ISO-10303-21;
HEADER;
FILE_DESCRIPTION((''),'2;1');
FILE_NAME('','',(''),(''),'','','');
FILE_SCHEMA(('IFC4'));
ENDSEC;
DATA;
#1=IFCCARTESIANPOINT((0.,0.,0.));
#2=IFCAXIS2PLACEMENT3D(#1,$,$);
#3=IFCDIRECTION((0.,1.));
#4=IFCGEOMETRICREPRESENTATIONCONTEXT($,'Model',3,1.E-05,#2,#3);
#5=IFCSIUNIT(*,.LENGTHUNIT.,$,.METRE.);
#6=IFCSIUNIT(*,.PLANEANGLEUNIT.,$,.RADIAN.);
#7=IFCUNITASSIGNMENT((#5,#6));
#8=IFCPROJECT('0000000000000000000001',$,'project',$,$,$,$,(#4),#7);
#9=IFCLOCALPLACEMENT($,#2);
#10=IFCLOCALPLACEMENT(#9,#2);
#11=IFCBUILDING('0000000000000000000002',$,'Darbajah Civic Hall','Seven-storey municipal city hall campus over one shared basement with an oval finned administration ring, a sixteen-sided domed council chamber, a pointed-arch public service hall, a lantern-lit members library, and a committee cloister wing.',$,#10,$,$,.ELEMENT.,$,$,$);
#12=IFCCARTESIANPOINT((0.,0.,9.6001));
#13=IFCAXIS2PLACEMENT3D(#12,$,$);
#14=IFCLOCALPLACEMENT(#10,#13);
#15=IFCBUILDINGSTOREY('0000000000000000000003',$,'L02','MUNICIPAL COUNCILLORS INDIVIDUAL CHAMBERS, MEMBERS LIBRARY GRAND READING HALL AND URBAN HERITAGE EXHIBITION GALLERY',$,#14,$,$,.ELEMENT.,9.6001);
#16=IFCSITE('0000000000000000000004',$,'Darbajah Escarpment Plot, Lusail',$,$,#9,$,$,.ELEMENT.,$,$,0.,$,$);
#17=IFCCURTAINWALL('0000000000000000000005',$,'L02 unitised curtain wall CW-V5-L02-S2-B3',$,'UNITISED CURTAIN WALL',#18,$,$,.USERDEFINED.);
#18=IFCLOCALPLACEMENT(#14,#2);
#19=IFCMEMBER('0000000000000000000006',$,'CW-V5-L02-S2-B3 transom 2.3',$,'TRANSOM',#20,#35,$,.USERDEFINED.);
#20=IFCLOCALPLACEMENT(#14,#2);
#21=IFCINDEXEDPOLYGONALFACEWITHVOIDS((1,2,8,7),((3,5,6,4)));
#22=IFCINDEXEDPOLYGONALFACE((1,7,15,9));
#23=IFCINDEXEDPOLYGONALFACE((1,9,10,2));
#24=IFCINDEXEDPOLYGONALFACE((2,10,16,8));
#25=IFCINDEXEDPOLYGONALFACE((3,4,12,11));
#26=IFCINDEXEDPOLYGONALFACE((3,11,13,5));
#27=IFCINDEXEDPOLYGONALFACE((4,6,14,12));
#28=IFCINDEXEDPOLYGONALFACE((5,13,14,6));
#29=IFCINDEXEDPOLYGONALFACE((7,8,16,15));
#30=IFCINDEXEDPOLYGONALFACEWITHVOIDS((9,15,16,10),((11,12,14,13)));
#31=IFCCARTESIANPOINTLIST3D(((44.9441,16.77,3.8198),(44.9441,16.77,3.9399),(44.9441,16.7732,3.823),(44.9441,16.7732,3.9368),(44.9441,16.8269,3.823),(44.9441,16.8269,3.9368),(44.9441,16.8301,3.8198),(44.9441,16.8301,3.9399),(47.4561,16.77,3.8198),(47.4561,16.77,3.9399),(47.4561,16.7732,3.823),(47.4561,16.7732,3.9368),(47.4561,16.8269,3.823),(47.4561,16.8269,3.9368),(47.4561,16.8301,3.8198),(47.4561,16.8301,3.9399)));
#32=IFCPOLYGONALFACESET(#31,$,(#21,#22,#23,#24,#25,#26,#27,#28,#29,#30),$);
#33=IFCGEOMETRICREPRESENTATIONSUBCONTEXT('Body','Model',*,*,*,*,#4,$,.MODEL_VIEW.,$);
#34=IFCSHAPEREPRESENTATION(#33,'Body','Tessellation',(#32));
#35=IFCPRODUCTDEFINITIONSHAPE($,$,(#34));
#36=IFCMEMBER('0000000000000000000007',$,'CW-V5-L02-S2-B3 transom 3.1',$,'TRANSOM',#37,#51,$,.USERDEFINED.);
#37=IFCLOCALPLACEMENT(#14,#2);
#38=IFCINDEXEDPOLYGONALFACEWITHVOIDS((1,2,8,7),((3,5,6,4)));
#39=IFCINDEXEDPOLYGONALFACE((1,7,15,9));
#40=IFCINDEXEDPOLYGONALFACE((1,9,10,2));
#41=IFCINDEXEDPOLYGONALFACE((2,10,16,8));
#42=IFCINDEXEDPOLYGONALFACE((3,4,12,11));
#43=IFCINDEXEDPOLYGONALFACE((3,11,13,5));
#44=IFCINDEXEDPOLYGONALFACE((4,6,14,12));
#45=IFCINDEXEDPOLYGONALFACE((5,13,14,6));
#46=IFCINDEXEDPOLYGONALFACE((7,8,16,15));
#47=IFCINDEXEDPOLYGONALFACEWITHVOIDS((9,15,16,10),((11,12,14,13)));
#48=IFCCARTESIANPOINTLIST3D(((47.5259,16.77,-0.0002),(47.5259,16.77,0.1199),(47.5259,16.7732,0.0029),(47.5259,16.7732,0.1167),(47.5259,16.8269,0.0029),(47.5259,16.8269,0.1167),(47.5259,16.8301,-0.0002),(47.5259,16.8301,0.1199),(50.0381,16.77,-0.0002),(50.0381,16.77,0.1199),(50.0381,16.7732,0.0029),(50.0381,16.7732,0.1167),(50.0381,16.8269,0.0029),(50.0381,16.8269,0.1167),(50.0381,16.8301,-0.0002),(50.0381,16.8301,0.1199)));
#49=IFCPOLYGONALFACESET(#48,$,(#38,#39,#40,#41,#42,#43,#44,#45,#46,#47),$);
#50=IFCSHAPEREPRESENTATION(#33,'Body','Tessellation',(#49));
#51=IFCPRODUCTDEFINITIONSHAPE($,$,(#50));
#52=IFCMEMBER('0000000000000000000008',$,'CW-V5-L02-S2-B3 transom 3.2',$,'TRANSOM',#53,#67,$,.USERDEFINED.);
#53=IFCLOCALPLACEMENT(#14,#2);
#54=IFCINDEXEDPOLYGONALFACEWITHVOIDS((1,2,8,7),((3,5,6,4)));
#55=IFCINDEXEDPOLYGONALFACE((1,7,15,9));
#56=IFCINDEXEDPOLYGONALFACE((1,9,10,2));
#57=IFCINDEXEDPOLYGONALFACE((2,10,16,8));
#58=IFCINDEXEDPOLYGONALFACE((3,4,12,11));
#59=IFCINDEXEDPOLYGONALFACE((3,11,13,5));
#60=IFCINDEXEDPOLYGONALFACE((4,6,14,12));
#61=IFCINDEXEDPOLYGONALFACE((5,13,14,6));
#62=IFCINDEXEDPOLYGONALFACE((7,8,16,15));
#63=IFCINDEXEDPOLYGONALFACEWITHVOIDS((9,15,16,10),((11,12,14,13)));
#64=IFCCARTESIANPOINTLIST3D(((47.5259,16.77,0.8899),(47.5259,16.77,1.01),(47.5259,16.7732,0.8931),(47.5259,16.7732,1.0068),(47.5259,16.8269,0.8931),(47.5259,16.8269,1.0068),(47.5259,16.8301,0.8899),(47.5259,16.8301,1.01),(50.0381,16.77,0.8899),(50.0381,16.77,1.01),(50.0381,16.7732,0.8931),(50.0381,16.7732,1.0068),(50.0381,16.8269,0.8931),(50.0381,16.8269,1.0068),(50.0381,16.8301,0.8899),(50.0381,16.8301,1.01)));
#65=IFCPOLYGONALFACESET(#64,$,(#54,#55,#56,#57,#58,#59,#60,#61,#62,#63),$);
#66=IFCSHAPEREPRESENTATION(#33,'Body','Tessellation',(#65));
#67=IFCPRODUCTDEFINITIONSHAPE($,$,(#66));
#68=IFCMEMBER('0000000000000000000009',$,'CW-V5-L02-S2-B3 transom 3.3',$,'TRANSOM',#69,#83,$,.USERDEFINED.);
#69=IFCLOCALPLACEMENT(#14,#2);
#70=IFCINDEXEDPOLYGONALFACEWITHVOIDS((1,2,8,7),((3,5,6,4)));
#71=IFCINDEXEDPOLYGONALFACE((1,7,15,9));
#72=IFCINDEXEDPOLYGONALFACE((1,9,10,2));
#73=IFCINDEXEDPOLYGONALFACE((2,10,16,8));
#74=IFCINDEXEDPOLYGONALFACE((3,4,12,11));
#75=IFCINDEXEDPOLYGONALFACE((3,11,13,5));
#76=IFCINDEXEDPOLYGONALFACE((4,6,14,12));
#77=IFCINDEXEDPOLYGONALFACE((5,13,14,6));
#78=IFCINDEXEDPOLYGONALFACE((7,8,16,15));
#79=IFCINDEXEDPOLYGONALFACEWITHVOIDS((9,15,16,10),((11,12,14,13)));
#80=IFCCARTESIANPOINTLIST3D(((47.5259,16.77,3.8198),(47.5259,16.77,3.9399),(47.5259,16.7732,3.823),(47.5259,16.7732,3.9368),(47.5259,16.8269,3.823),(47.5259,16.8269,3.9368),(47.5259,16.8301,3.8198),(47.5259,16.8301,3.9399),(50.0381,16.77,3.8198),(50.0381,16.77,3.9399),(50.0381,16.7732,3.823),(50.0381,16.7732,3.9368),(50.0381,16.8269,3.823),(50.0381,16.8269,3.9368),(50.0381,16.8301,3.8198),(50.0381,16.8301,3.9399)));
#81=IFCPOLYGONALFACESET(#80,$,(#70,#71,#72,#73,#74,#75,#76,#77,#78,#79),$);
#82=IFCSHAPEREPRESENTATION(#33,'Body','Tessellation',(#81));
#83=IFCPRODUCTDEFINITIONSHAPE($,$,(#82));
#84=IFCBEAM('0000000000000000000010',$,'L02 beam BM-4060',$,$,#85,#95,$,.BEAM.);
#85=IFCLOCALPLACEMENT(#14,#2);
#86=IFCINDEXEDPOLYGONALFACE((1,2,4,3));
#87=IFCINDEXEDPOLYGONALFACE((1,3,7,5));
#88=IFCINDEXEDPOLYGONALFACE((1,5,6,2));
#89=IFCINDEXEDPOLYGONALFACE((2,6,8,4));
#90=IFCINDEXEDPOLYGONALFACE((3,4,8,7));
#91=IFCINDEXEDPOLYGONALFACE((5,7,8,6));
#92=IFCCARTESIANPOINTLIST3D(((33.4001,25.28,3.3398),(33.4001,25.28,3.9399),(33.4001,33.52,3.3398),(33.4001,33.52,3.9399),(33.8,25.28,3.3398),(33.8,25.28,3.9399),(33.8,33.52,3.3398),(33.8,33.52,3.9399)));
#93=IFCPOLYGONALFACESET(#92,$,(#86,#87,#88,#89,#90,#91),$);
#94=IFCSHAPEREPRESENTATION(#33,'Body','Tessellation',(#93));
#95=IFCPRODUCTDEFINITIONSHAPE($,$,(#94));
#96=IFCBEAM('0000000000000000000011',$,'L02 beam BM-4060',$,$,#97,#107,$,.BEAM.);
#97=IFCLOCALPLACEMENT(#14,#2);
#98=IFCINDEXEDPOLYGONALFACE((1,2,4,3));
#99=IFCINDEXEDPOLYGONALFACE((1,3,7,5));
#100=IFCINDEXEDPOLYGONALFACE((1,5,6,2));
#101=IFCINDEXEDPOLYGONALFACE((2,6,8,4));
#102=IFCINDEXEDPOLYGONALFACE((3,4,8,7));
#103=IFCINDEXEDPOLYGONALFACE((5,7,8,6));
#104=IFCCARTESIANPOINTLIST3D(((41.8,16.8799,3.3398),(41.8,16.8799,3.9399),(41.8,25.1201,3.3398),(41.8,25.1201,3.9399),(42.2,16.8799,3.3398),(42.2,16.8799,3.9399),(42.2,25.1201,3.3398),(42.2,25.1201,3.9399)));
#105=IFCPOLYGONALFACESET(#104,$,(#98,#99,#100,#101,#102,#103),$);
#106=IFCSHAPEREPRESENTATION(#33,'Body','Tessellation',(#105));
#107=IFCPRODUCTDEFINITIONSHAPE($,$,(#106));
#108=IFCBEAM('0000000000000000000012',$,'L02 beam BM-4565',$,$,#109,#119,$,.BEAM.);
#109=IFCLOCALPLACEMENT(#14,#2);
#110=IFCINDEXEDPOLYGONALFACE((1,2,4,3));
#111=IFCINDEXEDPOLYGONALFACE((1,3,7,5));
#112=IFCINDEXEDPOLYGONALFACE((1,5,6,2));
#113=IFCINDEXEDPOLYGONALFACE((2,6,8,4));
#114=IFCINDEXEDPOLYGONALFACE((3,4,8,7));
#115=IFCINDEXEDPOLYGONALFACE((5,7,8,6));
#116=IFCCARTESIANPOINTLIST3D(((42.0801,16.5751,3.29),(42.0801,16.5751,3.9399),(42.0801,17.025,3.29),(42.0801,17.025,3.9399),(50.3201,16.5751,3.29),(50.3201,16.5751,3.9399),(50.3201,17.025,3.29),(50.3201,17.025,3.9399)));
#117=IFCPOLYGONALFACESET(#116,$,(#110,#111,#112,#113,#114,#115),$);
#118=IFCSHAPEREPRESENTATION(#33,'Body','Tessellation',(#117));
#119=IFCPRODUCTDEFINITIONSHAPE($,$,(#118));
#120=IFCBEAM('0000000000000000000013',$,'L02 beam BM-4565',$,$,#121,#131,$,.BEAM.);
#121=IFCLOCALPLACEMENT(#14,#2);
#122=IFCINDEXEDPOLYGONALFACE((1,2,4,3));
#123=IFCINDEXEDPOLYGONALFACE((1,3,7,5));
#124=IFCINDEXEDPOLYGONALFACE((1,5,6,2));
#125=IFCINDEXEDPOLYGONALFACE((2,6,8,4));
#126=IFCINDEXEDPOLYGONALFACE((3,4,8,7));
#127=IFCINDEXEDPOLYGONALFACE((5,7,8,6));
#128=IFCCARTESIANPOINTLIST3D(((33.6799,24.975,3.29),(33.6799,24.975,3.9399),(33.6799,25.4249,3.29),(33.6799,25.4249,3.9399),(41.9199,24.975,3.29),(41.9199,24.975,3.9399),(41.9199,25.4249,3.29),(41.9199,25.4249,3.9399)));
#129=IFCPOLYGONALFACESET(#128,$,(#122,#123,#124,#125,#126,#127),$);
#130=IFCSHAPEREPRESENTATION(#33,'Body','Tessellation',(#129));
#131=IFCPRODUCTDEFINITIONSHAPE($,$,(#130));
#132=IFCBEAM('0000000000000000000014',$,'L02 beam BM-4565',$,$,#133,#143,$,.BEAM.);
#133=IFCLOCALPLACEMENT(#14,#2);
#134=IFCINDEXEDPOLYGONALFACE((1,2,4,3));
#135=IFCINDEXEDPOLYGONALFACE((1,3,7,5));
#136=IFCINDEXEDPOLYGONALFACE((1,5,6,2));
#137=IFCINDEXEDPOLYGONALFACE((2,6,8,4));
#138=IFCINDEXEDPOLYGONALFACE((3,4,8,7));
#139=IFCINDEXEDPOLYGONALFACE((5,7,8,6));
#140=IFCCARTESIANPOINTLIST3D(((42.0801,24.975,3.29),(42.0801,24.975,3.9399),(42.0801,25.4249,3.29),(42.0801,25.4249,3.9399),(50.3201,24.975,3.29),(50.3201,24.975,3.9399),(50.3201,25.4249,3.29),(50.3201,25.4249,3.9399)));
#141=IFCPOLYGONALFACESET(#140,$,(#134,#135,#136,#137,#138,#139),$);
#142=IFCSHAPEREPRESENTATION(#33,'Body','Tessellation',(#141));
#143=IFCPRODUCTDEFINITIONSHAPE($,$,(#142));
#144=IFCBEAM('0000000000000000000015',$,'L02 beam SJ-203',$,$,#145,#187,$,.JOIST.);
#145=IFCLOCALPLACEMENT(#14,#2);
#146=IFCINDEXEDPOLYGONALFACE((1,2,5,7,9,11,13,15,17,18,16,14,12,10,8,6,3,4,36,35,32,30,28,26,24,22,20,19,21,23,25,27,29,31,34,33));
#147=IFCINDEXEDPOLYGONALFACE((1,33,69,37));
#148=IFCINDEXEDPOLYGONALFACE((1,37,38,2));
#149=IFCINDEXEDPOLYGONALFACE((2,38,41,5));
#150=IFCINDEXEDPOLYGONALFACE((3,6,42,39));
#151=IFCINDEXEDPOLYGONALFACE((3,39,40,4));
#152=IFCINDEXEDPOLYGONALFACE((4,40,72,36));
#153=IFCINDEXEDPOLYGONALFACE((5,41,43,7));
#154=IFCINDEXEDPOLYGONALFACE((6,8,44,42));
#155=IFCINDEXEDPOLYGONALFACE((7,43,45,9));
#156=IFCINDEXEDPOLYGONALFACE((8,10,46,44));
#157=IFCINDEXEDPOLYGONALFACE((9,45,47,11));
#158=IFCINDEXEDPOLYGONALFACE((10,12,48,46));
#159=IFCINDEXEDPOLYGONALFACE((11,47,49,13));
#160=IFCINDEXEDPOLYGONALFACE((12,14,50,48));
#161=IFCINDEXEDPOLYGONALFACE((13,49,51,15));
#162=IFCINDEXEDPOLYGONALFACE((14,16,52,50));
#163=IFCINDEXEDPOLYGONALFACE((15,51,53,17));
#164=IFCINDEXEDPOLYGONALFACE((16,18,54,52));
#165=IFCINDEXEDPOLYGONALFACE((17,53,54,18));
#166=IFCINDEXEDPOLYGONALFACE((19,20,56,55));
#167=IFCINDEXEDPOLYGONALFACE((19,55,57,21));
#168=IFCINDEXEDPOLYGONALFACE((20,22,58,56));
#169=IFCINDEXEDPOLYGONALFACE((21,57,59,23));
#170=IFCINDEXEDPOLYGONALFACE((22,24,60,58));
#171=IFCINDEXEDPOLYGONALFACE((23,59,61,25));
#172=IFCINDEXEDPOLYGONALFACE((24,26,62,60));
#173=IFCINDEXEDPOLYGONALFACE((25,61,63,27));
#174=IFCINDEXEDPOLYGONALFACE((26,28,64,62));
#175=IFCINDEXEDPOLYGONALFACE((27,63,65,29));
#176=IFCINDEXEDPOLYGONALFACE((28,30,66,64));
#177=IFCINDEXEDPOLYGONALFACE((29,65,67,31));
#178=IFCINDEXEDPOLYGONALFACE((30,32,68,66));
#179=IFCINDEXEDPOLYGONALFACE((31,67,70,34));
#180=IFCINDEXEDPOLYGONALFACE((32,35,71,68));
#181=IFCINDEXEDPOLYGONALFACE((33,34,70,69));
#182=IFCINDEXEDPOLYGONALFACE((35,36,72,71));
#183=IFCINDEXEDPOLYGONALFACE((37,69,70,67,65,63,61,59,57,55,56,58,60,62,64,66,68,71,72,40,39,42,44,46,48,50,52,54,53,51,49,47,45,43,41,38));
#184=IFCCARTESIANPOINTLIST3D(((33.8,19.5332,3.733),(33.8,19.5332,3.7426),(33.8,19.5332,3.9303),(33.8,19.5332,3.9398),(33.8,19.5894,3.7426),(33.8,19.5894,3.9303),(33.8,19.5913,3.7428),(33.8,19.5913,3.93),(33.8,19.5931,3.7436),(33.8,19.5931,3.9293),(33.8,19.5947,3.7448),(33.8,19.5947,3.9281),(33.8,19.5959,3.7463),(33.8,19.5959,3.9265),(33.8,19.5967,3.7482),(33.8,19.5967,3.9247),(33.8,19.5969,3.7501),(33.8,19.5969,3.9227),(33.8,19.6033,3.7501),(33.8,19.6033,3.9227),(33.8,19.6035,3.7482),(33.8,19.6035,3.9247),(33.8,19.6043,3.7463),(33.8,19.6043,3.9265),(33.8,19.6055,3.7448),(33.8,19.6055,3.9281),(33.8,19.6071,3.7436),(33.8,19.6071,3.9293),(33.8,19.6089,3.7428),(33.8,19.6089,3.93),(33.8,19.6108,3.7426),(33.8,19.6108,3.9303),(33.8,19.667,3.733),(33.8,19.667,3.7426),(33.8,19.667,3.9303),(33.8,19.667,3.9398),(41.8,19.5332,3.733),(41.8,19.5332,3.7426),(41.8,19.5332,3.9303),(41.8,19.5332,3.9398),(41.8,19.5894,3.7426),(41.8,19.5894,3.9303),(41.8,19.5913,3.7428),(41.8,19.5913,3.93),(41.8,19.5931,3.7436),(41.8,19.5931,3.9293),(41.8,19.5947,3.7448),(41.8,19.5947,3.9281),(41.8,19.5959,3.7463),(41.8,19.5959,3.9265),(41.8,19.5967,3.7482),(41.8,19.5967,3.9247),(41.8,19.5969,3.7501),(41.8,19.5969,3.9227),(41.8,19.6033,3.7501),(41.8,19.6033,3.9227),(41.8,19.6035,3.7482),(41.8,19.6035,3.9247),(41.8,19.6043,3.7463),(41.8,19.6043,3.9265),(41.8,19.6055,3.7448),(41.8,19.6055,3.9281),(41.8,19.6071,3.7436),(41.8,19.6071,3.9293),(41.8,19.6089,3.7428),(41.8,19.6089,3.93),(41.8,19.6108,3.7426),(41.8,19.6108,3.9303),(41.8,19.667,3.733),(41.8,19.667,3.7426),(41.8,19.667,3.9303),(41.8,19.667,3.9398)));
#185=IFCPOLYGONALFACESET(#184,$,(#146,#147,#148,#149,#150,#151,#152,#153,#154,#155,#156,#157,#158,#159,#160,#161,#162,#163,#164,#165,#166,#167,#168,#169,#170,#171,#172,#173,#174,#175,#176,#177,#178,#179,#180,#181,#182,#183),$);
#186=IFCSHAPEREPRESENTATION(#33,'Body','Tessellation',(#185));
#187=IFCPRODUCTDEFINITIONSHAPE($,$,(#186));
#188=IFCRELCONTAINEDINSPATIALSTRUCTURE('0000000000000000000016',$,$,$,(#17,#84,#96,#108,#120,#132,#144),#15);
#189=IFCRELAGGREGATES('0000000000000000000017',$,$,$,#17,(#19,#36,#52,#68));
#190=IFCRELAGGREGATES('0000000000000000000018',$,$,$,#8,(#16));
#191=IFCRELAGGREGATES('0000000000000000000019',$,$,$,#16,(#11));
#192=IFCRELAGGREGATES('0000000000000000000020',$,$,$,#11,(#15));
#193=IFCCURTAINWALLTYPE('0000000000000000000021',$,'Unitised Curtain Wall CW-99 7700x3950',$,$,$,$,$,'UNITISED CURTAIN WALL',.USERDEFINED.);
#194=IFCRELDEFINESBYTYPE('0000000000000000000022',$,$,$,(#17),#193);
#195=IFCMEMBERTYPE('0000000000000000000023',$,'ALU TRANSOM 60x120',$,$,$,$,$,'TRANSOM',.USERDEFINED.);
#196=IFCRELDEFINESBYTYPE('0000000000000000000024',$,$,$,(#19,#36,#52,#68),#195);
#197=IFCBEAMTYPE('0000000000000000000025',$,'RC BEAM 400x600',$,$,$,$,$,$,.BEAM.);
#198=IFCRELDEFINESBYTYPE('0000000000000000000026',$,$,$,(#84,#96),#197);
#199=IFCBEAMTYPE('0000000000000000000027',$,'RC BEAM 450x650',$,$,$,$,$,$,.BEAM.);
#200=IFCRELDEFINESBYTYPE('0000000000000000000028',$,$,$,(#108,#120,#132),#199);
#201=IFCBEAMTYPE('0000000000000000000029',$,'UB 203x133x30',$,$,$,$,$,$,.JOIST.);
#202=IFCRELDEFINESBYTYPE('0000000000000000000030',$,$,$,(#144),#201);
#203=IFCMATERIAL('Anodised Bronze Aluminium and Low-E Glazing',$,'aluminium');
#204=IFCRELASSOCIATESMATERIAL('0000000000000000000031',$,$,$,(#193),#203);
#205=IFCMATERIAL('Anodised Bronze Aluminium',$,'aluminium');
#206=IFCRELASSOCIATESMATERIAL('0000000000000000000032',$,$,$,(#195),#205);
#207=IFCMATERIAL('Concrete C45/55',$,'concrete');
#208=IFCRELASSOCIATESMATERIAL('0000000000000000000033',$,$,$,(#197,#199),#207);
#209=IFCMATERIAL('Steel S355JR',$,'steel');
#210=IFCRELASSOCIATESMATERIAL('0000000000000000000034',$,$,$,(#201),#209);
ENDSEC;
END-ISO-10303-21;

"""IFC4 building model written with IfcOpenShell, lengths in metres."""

from ifc_helpers import new_model, si_unit, direction, frame, origin, origin_2d, place, context, subcontext, project, spatial, rectangle, hollow_rectangle, i_section, extrude, material, material_profile, profile_set, type_object, element, aggregate, save


model = new_model("IFC4")

# Units and contexts
model_context = context("Model", 3, precision=1e-05, world=origin(), true_north=direction((0.0, 1.0)))
body_context = subcontext(model_context, "Body", "Model", "MODEL_VIEW")
ifc_project = project(units=[si_unit("LENGTHUNIT", "METRE"), si_unit("PLANEANGLEUNIT", "RADIAN")], contexts=[model_context])

# Site, building, storey
site_placement = place(None, origin())
site = spatial("IfcSite", under=ifc_project, at=site_placement, Name="Darbajah Escarpment Plot, Lusail", CompositionType="ELEMENT", RefElevation=0.0)
building_placement = place(site_placement, origin())
building = spatial("IfcBuilding", under=site, at=building_placement, Name="Darbajah Civic Hall", Description="Seven-storey municipal city hall campus over one shared basement with an oval finned administration ring, a sixteen-sided domed council chamber, a pointed-arch public service hall, a lantern-lit members library, and a committee cloister wing.", CompositionType="ELEMENT")
storey_placement = place(building_placement, frame((0.0, 0.0, 9.6001)))
storey = spatial("IfcBuildingStorey", under=building, at=storey_placement, Name="L02", Description="MUNICIPAL COUNCILLORS INDIVIDUAL CHAMBERS, MEMBERS LIBRARY GRAND READING HALL AND URBAN HERITAGE EXHIBITION GALLERY", CompositionType="ELEMENT", Elevation=9.6001)

# Shared definitions
ifc_material_1 = material(Name="Concrete C45/55", Category="concrete")

# Curtain wall, members
ifc_material_2 = material(Name="Anodised Bronze Aluminium and Low-E Glazing", Category="aluminium")
curtain_wall_type = type_object("IfcCurtainWallType", Name="Unitised Curtain Wall CW-99 7700x3950", ElementType="UNITISED CURTAIN WALL", PredefinedType="USERDEFINED", material=ifc_material_2)
curtain_wall_placement = place(storey_placement, origin())
curtain_wall = element("IfcCurtainWall", 1, at=curtain_wall_placement, inside=storey, type_object=curtain_wall_type, Name="L02 unitised curtain wall CW-V5-L02-S2-B3", ObjectType="UNITISED CURTAIN WALL", PredefinedType="USERDEFINED")
ifc_material_3 = material(Name="Anodised Bronze Aluminium", Category="aluminium")
ifc_material_profile_1 = material_profile(ifc_material_3, hollow_rectangle(XDim=0.0601, YDim=0.1201, WallThickness=0.0032, at=origin_2d()), Name="ALU TRANSOM 60x120")
ifc_profile_set_1 = profile_set([ifc_material_profile_1], Name="Anodised Bronze Aluminium")
member_type_1 = type_object("IfcMemberType", Name="ALU TRANSOM 60x120", ElementType="TRANSOM", PredefinedType="USERDEFINED", material=ifc_profile_set_1)
member_1_placement = place(storey_placement, frame((44.9441, 16.8, 3.8799), z_axis=(1.0, 0.0, 0.0), x_axis=(0.0, 1.0, 0.0)))
member_1 = element("IfcMember", 2, at=member_1_placement, type_object=member_type_1, Name="CW-V5-L02-S2-B3 transom 2.3", ObjectType="TRANSOM", PredefinedType="USERDEFINED", context=body_context, shape_type="SweptSolid", body=[
    extrude(hollow_rectangle(XDim=0.0601, YDim=0.1201, WallThickness=0.0032, at=origin_2d()), origin(), (0.0, 0.0, 1.0), 2.512),
])
member_2_placement = place(storey_placement, frame((47.5259, 16.8, 0.0598), z_axis=(1.0, 0.0, 0.0), x_axis=(0.0, 1.0, 0.0)))
member_2 = element("IfcMember", 3, at=member_2_placement, type_object=member_type_1, Name="CW-V5-L02-S2-B3 transom 3.1", ObjectType="TRANSOM", PredefinedType="USERDEFINED", context=body_context, shape_type="SweptSolid", body=[
    extrude(hollow_rectangle(XDim=0.0601, YDim=0.1201, WallThickness=0.0032, at=origin_2d()), origin(), (0.0, 0.0, 1.0), 2.5122),
])
member_3_placement = place(storey_placement, frame((47.5259, 16.8, 0.95), z_axis=(1.0, 0.0, 0.0), x_axis=(0.0, 1.0, 0.0)))
member_3 = element("IfcMember", 4, at=member_3_placement, type_object=member_type_1, Name="CW-V5-L02-S2-B3 transom 3.2", ObjectType="TRANSOM", PredefinedType="USERDEFINED", context=body_context, shape_type="SweptSolid", body=[
    extrude(hollow_rectangle(XDim=0.0601, YDim=0.1201, WallThickness=0.0032, at=origin_2d()), origin(), (0.0, 0.0, 1.0), 2.5122),
])
member_4_placement = place(storey_placement, frame((47.5259, 16.8, 3.8799), z_axis=(1.0, 0.0, 0.0), x_axis=(0.0, 1.0, 0.0)))
member_4 = element("IfcMember", 5, at=member_4_placement, type_object=member_type_1, Name="CW-V5-L02-S2-B3 transom 3.3", ObjectType="TRANSOM", PredefinedType="USERDEFINED", context=body_context, shape_type="SweptSolid", body=[
    extrude(hollow_rectangle(XDim=0.0601, YDim=0.1201, WallThickness=0.0032, at=origin_2d()), origin(), (0.0, 0.0, 1.0), 2.5122),
])

# Beams
ifc_material_profile_2 = material_profile(ifc_material_1, rectangle(XDim=0.3999, YDim=0.6001, at=origin_2d()), Name="RC BEAM 400x600")
ifc_profile_set_2 = profile_set([ifc_material_profile_2], Name="Concrete C45/55")
beam_type_1 = type_object("IfcBeamType", Name="RC BEAM 400x600", PredefinedType="BEAM", material=ifc_profile_set_2)
beam_1_placement = place(storey_placement, frame((33.6001, 25.28, 3.6399), z_axis=(0.0, 1.0, 0.0), x_axis=(-1.0, 0.0, 0.0)))
element("IfcBeam", 6, at=beam_1_placement, inside=storey, type_object=beam_type_1, Name="L02 beam BM-4060", PredefinedType="BEAM", context=body_context, shape_type="SweptSolid", body=[
    extrude(rectangle(XDim=0.3999, YDim=0.6001, at=origin_2d()), origin(), (0.0, 0.0, 1.0), 8.24),
])
beam_2_placement = place(storey_placement, frame((42.0, 16.8799, 3.6399), z_axis=(0.0, 1.0, 0.0), x_axis=(-1.0, 0.0, 0.0)))
element("IfcBeam", 7, at=beam_2_placement, inside=storey, type_object=beam_type_1, Name="L02 beam BM-4060", PredefinedType="BEAM", context=body_context, shape_type="SweptSolid", body=[
    extrude(rectangle(XDim=0.3999, YDim=0.6001, at=origin_2d()), origin(), (0.0, 0.0, 1.0), 8.2402),
])
ifc_material_profile_3 = material_profile(ifc_material_1, rectangle(XDim=0.45, YDim=0.6499, at=origin_2d()), Name="RC BEAM 450x650")
ifc_profile_set_3 = profile_set([ifc_material_profile_3], Name="Concrete C45/55")
beam_type_2 = type_object("IfcBeamType", Name="RC BEAM 450x650", PredefinedType="BEAM", material=ifc_profile_set_3)
for number, where, z_axis, x_axis, name in (
    (8, (42.0801, 16.8, 3.615), (1.0, 0.0, 0.0), (0.0, 1.0, 0.0), "L02 beam BM-4565"),
    (9, (33.6799, 25.2, 3.615), (1.0, 0.0, 0.0), (0.0, 1.0, 0.0), "L02 beam BM-4565"),
    (10, (42.0801, 25.2, 3.615), (1.0, 0.0, 0.0), (0.0, 1.0, 0.0), "L02 beam BM-4565"),
):
    element("IfcBeam", number, at=place(storey_placement, frame(where, z_axis=z_axis, x_axis=x_axis)), inside=storey, type_object=beam_type_2, Name=name, PredefinedType="BEAM", context=body_context, shape_type="SweptSolid", body=[
        extrude(rectangle(XDim=0.45, YDim=0.6499, at=origin_2d()), origin(), (0.0, 0.0, 1.0), 8.24),
    ])
ifc_material_4 = material(Name="Steel S355JR", Category="steel")
ifc_material_profile_4 = material_profile(ifc_material_4, i_section(OverallWidth=0.1338, OverallDepth=0.2068, WebThickness=0.0063, FlangeThickness=0.0095, FilletRadius=0.0076, at=origin_2d()), Name="UB 203x133x30")
ifc_profile_set_4 = profile_set([ifc_material_profile_4], Name="Steel S355JR")
beam_type_3 = type_object("IfcBeamType", Name="UB 203x133x30", PredefinedType="JOIST", material=ifc_profile_set_4)
for number, where, z_axis, x_axis, name in (
    (11, (33.8, 19.6001, 3.8364), (1.0, 0.0, 0.0), (0.0, 1.0, 0.0), "L02 beam SJ-203"),
):
    element("IfcBeam", number, at=place(storey_placement, frame(where, z_axis=z_axis, x_axis=x_axis)), inside=storey, type_object=beam_type_3, Name=name, PredefinedType="JOIST", context=body_context, shape_type="SweptSolid", body=[
        extrude(i_section(OverallWidth=0.1338, OverallDepth=0.2068, WebThickness=0.0063, FlangeThickness=0.0095, FilletRadius=0.0076, at=origin_2d()), origin(), (0.0, 0.0, 1.0), 8.0),
    ])

aggregate(curtain_wall, [member_1, member_2, member_3, member_4])

save(model, "model.ifc")
